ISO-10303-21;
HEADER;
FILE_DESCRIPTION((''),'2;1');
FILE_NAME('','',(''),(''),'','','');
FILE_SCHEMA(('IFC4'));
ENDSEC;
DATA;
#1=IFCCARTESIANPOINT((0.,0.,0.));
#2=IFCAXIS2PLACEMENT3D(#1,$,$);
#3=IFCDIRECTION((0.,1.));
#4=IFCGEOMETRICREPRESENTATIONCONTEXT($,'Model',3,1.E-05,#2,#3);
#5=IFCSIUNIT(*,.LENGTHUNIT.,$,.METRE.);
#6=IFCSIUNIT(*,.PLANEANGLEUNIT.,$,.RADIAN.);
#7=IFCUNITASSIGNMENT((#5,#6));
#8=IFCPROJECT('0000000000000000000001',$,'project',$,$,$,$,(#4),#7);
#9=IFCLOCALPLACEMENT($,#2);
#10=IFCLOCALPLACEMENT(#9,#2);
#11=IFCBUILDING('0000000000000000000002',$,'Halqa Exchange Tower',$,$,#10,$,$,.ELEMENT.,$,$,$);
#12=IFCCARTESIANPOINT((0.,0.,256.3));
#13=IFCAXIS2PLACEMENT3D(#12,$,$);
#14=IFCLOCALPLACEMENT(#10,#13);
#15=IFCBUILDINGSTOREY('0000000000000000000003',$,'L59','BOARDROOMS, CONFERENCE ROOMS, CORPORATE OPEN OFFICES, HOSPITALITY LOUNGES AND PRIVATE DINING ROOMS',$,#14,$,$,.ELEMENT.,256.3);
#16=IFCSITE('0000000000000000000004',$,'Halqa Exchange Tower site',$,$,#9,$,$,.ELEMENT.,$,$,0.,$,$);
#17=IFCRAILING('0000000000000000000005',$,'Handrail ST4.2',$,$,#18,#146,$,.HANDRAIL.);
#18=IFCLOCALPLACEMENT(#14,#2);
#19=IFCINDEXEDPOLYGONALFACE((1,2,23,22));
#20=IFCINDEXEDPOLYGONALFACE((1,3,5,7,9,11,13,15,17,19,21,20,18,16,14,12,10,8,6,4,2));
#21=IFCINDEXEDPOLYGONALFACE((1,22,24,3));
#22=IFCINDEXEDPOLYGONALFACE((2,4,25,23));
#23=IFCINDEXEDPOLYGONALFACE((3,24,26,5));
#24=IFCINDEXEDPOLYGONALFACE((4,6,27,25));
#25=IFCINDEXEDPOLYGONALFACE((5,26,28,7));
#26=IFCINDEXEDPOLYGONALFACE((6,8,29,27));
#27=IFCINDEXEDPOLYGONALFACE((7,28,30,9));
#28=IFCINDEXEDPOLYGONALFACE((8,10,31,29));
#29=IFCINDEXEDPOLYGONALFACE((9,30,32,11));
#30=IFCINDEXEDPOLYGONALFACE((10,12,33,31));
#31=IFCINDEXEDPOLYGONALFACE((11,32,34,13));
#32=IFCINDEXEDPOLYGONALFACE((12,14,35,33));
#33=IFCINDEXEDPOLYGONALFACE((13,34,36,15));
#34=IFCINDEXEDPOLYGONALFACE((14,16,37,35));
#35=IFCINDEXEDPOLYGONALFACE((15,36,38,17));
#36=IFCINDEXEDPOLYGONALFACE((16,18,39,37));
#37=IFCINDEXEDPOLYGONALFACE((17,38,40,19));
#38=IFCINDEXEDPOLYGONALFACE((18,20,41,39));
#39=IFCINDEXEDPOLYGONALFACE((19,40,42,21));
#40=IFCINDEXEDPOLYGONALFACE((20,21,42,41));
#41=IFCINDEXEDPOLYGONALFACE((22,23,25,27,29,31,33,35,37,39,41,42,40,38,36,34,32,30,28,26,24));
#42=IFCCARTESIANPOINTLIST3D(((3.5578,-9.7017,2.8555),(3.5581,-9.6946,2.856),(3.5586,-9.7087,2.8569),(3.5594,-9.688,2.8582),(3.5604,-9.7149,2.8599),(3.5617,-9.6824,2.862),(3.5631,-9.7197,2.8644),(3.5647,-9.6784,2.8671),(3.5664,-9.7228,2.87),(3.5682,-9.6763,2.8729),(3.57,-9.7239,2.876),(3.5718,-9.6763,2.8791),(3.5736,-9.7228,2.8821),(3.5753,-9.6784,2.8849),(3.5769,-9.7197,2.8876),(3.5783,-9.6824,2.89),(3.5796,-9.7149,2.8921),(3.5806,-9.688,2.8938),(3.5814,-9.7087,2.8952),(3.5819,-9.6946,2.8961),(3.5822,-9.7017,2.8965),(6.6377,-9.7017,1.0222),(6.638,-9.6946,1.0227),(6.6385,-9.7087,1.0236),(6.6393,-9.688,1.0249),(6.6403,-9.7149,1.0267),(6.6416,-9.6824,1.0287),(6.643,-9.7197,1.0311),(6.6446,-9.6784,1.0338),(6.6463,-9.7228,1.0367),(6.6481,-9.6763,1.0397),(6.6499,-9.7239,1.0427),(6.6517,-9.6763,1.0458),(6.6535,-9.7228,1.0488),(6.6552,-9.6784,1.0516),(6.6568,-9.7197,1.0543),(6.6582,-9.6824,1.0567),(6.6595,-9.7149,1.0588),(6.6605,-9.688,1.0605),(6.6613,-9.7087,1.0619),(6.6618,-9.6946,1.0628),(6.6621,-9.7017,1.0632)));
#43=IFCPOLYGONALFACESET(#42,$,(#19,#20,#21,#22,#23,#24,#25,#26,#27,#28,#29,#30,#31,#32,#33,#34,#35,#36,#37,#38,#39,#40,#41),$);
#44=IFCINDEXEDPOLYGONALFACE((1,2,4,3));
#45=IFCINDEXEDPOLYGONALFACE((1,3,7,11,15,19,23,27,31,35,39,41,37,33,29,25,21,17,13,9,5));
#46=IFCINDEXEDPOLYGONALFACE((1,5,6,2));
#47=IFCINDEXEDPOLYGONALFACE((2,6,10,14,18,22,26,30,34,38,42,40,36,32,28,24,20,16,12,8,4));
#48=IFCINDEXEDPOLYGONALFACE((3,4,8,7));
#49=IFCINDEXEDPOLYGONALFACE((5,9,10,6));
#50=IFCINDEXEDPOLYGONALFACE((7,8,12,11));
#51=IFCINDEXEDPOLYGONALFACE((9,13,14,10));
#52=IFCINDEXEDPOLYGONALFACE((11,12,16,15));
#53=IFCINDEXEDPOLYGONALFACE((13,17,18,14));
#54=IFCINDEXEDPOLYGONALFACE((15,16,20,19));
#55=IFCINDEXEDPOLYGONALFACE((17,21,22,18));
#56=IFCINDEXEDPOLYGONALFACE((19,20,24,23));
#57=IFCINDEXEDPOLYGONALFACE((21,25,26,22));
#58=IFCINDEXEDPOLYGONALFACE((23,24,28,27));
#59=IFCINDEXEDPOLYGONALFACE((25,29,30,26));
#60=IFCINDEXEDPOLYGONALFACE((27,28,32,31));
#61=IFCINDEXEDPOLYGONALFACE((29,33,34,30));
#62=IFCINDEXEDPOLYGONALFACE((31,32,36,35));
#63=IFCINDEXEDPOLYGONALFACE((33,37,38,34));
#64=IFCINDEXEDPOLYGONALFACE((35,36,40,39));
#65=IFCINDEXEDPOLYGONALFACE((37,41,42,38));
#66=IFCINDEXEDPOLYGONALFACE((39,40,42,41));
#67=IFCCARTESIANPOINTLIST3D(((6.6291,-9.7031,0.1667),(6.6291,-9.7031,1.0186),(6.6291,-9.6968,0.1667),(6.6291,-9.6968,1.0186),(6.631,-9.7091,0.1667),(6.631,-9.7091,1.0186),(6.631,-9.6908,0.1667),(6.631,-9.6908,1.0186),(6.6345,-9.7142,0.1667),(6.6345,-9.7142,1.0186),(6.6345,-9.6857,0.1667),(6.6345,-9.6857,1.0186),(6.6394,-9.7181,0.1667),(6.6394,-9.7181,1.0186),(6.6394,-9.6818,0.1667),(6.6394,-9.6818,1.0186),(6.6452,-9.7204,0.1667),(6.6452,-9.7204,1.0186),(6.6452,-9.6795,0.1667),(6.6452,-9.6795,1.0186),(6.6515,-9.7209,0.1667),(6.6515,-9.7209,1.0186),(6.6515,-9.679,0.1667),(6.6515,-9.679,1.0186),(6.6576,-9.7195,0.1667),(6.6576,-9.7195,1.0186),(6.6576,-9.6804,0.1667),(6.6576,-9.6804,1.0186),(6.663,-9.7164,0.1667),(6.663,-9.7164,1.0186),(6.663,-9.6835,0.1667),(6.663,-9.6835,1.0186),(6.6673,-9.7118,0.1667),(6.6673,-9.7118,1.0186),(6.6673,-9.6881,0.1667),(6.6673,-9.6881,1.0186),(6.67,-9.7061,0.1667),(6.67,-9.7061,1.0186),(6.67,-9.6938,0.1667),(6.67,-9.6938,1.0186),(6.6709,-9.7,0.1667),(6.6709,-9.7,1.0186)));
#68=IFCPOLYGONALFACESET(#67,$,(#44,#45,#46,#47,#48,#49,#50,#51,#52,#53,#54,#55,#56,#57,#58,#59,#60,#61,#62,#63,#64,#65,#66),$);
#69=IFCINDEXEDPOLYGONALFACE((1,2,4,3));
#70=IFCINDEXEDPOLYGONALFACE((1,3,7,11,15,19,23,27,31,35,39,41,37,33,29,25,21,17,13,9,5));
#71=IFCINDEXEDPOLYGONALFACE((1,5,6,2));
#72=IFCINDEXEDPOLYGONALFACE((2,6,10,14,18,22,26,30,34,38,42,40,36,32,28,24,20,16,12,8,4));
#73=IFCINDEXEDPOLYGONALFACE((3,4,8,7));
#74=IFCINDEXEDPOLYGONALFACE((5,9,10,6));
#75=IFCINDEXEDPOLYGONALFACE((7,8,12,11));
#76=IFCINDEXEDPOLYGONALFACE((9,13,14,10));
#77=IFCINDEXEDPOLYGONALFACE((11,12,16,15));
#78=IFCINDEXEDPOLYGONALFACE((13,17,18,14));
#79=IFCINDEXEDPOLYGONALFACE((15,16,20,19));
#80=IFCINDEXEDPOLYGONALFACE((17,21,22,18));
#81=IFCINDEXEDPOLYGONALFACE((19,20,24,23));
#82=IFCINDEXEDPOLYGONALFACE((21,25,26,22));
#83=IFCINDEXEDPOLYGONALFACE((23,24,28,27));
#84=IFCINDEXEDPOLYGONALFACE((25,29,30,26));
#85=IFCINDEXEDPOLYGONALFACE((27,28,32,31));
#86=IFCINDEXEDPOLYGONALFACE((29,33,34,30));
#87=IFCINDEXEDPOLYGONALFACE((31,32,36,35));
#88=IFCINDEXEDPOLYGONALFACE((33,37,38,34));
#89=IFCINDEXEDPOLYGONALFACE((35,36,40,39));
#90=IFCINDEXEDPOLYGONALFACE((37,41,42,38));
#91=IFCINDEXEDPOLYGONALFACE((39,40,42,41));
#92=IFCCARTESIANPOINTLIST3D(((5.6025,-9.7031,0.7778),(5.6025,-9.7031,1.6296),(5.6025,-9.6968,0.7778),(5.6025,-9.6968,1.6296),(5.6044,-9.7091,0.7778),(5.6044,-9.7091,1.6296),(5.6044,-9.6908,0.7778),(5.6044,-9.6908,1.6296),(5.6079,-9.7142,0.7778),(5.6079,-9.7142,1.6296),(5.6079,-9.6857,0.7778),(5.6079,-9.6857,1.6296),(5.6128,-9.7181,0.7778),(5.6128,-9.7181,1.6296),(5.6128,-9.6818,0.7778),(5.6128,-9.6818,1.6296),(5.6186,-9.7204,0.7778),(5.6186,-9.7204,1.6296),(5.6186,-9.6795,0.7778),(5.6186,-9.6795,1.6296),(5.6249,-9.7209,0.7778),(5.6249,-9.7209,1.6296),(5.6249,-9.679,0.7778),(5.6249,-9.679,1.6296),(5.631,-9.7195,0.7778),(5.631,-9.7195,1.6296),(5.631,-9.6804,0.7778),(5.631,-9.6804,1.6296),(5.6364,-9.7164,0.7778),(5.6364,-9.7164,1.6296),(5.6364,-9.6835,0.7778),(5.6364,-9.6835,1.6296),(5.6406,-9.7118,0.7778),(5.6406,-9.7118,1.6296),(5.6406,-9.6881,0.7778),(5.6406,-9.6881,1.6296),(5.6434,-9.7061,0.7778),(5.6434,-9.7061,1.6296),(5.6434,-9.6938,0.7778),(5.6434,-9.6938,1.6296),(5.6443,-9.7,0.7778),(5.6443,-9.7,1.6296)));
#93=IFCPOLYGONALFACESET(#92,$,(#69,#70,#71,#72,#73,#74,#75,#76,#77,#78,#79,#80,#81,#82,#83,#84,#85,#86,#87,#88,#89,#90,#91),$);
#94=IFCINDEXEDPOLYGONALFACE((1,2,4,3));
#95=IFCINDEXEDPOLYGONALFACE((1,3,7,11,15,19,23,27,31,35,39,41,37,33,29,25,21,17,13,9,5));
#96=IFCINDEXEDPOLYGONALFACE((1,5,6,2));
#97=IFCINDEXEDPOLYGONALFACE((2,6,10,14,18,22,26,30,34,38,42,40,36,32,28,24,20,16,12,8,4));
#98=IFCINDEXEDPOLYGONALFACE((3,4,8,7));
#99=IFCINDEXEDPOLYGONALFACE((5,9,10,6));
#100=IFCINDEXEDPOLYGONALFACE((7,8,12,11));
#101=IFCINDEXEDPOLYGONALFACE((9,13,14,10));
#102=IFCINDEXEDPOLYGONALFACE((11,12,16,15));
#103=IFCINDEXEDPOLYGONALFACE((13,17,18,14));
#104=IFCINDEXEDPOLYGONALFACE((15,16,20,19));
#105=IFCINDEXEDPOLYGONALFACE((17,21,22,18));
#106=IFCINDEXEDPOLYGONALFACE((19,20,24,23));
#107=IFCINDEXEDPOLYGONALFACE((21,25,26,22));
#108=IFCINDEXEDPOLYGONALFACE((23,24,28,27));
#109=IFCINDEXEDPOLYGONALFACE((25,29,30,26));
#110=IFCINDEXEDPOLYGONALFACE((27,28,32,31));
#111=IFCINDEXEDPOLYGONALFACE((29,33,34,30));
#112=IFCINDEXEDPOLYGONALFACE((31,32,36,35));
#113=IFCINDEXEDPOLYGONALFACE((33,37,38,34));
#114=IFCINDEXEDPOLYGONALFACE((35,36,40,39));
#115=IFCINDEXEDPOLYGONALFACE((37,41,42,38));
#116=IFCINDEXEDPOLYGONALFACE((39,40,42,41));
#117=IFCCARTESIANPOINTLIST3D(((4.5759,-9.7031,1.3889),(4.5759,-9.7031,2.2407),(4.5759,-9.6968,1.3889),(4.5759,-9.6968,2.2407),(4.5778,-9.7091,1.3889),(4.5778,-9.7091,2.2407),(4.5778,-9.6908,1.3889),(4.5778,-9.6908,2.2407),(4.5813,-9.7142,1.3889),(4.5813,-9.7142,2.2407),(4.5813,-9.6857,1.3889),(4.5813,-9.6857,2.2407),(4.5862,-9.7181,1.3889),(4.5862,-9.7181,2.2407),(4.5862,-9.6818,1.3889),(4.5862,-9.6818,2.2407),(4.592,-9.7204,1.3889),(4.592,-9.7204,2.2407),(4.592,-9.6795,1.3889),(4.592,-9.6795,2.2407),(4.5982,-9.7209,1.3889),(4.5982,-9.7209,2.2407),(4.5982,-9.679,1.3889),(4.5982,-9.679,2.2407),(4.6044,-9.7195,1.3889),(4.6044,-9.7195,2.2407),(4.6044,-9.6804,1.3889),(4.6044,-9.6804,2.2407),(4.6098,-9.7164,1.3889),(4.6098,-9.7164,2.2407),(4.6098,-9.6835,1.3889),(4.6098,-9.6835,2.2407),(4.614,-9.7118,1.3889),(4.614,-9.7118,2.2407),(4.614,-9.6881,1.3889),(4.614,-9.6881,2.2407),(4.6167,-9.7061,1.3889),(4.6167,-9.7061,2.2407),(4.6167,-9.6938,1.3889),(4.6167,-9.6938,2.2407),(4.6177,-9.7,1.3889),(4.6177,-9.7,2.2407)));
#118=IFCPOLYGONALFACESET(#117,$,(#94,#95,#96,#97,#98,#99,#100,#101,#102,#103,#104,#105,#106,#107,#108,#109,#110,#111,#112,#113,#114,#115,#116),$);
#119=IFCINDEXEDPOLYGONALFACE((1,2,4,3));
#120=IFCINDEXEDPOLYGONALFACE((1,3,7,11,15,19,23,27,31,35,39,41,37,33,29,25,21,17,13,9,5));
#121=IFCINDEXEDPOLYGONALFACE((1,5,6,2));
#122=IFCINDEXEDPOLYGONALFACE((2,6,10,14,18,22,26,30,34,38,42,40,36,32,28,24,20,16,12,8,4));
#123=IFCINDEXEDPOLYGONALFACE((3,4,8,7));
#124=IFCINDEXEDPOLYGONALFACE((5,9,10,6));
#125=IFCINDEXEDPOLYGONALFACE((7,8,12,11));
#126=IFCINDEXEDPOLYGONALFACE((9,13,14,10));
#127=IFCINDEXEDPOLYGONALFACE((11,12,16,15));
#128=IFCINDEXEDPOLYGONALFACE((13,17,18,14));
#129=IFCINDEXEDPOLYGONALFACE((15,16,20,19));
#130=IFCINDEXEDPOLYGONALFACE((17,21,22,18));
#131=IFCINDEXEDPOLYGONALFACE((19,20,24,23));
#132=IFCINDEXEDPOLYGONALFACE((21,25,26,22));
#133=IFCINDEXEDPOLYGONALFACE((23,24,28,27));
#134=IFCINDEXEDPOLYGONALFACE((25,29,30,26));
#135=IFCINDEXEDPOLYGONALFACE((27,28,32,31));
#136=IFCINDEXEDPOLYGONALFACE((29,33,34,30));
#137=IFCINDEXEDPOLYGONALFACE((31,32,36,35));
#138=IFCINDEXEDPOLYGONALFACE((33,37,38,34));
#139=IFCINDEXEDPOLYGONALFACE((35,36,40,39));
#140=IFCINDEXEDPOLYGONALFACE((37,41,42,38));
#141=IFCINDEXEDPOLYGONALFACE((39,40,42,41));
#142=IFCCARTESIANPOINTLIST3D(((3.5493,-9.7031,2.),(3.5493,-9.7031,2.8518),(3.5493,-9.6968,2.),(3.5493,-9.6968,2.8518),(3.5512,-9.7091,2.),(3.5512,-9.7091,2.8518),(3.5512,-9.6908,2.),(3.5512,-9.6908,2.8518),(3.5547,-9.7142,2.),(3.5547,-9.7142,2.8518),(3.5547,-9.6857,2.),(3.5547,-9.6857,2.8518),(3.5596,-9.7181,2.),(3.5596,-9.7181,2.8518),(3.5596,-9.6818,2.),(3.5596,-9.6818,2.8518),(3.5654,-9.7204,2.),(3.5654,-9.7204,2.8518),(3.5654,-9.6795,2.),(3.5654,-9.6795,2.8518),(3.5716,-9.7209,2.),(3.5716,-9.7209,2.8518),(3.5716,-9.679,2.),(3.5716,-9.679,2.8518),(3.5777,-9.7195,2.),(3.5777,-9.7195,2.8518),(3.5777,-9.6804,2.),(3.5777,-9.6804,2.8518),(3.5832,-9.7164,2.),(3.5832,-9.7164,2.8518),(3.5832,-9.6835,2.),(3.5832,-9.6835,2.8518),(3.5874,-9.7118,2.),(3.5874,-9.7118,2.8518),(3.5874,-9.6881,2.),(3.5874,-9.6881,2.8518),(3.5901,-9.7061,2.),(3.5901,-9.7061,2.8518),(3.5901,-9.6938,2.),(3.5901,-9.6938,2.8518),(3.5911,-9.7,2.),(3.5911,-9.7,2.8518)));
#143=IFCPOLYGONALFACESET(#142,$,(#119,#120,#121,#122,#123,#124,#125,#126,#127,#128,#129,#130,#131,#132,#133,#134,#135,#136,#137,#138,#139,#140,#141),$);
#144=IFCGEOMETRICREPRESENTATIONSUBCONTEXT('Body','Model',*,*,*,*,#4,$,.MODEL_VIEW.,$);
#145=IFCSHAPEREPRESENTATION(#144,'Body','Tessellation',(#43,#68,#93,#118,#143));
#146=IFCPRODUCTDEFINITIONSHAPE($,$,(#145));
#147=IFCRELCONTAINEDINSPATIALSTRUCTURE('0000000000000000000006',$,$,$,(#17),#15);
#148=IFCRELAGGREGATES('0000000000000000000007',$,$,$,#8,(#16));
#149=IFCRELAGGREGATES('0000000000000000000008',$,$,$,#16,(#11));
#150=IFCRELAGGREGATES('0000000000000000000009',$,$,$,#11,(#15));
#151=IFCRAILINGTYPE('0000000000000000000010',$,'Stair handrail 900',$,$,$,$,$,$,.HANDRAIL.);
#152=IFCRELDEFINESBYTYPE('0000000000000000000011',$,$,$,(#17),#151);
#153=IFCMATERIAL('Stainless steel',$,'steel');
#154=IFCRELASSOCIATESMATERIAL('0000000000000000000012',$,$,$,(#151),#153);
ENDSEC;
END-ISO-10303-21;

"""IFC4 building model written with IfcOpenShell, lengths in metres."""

from ifc_helpers import new_model, si_unit, direction, frame, origin, origin_2d, place, context, subcontext, project, spatial, circle, extrude, material, type_object, element, save


model = new_model("IFC4")

# Units and contexts
model_context = context("Model", 3, precision=1e-05, world=origin(), true_north=direction((0.0, 1.0)))
body_context = subcontext(model_context, "Body", "Model", "MODEL_VIEW")
ifc_project = project(units=[si_unit("LENGTHUNIT", "METRE"), si_unit("PLANEANGLEUNIT", "RADIAN")], contexts=[model_context])

# Site, building, storey
site_placement = place(None, origin())
site = spatial("IfcSite", under=ifc_project, at=site_placement, Name="Halqa Exchange Tower site", CompositionType="ELEMENT", RefElevation=0.0)
building_placement = place(site_placement, origin())
building = spatial("IfcBuilding", under=site, at=building_placement, Name="Halqa Exchange Tower", CompositionType="ELEMENT")
storey_placement = place(building_placement, frame((0.0, 0.0, 256.3)))
storey = spatial("IfcBuildingStorey", under=building, at=storey_placement, Name="L59", Description="BOARDROOMS, CONFERENCE ROOMS, CORPORATE OPEN OFFICES, HOSPITALITY LOUNGES AND PRIVATE DINING ROOMS", CompositionType="ELEMENT", Elevation=256.3)

# Railing
ifc_material_1 = material(Name="Stainless steel", Category="steel")
railing_type_1 = type_object("IfcRailingType", Name="Stair handrail 900", PredefinedType="HANDRAIL", material=ifc_material_1)
railing_1_placement = place(storey_placement, frame((6.6499, -9.7, 0.1667)))
element("IfcRailing", 1, at=railing_1_placement, inside=storey, type_object=railing_type_1, Name="Handrail ST4.2", PredefinedType="HANDRAIL", context=body_context, shape_type="SweptSolid", body=[
    extrude(circle(Radius=0.0239, at=origin_2d()), frame((0.0, 0.0, 0.876), z_axis=(-0.859291, 0.0, 0.511487), x_axis=(0.0, -1.0, 0.0)), (0.0, 0.0, 1.0), 3.5842),
    extrude(circle(Radius=0.021, at=origin_2d()), origin(), (0.0, 0.0, 1.0), 0.8518),
    extrude(circle(Radius=0.021, at=origin_2d()), frame((-1.0266, 0.0, 0.6111)), (0.0, 0.0, 1.0), 0.8518),
    extrude(circle(Radius=0.021, at=origin_2d()), frame((-2.0532, 0.0, 1.2222)), (0.0, 0.0, 1.0), 0.8518),
    extrude(circle(Radius=0.021, at=origin_2d()), frame((-3.0798, 0.0, 1.8333)), (0.0, 0.0, 1.0), 0.8518),
])

save(model, "model.ifc")
